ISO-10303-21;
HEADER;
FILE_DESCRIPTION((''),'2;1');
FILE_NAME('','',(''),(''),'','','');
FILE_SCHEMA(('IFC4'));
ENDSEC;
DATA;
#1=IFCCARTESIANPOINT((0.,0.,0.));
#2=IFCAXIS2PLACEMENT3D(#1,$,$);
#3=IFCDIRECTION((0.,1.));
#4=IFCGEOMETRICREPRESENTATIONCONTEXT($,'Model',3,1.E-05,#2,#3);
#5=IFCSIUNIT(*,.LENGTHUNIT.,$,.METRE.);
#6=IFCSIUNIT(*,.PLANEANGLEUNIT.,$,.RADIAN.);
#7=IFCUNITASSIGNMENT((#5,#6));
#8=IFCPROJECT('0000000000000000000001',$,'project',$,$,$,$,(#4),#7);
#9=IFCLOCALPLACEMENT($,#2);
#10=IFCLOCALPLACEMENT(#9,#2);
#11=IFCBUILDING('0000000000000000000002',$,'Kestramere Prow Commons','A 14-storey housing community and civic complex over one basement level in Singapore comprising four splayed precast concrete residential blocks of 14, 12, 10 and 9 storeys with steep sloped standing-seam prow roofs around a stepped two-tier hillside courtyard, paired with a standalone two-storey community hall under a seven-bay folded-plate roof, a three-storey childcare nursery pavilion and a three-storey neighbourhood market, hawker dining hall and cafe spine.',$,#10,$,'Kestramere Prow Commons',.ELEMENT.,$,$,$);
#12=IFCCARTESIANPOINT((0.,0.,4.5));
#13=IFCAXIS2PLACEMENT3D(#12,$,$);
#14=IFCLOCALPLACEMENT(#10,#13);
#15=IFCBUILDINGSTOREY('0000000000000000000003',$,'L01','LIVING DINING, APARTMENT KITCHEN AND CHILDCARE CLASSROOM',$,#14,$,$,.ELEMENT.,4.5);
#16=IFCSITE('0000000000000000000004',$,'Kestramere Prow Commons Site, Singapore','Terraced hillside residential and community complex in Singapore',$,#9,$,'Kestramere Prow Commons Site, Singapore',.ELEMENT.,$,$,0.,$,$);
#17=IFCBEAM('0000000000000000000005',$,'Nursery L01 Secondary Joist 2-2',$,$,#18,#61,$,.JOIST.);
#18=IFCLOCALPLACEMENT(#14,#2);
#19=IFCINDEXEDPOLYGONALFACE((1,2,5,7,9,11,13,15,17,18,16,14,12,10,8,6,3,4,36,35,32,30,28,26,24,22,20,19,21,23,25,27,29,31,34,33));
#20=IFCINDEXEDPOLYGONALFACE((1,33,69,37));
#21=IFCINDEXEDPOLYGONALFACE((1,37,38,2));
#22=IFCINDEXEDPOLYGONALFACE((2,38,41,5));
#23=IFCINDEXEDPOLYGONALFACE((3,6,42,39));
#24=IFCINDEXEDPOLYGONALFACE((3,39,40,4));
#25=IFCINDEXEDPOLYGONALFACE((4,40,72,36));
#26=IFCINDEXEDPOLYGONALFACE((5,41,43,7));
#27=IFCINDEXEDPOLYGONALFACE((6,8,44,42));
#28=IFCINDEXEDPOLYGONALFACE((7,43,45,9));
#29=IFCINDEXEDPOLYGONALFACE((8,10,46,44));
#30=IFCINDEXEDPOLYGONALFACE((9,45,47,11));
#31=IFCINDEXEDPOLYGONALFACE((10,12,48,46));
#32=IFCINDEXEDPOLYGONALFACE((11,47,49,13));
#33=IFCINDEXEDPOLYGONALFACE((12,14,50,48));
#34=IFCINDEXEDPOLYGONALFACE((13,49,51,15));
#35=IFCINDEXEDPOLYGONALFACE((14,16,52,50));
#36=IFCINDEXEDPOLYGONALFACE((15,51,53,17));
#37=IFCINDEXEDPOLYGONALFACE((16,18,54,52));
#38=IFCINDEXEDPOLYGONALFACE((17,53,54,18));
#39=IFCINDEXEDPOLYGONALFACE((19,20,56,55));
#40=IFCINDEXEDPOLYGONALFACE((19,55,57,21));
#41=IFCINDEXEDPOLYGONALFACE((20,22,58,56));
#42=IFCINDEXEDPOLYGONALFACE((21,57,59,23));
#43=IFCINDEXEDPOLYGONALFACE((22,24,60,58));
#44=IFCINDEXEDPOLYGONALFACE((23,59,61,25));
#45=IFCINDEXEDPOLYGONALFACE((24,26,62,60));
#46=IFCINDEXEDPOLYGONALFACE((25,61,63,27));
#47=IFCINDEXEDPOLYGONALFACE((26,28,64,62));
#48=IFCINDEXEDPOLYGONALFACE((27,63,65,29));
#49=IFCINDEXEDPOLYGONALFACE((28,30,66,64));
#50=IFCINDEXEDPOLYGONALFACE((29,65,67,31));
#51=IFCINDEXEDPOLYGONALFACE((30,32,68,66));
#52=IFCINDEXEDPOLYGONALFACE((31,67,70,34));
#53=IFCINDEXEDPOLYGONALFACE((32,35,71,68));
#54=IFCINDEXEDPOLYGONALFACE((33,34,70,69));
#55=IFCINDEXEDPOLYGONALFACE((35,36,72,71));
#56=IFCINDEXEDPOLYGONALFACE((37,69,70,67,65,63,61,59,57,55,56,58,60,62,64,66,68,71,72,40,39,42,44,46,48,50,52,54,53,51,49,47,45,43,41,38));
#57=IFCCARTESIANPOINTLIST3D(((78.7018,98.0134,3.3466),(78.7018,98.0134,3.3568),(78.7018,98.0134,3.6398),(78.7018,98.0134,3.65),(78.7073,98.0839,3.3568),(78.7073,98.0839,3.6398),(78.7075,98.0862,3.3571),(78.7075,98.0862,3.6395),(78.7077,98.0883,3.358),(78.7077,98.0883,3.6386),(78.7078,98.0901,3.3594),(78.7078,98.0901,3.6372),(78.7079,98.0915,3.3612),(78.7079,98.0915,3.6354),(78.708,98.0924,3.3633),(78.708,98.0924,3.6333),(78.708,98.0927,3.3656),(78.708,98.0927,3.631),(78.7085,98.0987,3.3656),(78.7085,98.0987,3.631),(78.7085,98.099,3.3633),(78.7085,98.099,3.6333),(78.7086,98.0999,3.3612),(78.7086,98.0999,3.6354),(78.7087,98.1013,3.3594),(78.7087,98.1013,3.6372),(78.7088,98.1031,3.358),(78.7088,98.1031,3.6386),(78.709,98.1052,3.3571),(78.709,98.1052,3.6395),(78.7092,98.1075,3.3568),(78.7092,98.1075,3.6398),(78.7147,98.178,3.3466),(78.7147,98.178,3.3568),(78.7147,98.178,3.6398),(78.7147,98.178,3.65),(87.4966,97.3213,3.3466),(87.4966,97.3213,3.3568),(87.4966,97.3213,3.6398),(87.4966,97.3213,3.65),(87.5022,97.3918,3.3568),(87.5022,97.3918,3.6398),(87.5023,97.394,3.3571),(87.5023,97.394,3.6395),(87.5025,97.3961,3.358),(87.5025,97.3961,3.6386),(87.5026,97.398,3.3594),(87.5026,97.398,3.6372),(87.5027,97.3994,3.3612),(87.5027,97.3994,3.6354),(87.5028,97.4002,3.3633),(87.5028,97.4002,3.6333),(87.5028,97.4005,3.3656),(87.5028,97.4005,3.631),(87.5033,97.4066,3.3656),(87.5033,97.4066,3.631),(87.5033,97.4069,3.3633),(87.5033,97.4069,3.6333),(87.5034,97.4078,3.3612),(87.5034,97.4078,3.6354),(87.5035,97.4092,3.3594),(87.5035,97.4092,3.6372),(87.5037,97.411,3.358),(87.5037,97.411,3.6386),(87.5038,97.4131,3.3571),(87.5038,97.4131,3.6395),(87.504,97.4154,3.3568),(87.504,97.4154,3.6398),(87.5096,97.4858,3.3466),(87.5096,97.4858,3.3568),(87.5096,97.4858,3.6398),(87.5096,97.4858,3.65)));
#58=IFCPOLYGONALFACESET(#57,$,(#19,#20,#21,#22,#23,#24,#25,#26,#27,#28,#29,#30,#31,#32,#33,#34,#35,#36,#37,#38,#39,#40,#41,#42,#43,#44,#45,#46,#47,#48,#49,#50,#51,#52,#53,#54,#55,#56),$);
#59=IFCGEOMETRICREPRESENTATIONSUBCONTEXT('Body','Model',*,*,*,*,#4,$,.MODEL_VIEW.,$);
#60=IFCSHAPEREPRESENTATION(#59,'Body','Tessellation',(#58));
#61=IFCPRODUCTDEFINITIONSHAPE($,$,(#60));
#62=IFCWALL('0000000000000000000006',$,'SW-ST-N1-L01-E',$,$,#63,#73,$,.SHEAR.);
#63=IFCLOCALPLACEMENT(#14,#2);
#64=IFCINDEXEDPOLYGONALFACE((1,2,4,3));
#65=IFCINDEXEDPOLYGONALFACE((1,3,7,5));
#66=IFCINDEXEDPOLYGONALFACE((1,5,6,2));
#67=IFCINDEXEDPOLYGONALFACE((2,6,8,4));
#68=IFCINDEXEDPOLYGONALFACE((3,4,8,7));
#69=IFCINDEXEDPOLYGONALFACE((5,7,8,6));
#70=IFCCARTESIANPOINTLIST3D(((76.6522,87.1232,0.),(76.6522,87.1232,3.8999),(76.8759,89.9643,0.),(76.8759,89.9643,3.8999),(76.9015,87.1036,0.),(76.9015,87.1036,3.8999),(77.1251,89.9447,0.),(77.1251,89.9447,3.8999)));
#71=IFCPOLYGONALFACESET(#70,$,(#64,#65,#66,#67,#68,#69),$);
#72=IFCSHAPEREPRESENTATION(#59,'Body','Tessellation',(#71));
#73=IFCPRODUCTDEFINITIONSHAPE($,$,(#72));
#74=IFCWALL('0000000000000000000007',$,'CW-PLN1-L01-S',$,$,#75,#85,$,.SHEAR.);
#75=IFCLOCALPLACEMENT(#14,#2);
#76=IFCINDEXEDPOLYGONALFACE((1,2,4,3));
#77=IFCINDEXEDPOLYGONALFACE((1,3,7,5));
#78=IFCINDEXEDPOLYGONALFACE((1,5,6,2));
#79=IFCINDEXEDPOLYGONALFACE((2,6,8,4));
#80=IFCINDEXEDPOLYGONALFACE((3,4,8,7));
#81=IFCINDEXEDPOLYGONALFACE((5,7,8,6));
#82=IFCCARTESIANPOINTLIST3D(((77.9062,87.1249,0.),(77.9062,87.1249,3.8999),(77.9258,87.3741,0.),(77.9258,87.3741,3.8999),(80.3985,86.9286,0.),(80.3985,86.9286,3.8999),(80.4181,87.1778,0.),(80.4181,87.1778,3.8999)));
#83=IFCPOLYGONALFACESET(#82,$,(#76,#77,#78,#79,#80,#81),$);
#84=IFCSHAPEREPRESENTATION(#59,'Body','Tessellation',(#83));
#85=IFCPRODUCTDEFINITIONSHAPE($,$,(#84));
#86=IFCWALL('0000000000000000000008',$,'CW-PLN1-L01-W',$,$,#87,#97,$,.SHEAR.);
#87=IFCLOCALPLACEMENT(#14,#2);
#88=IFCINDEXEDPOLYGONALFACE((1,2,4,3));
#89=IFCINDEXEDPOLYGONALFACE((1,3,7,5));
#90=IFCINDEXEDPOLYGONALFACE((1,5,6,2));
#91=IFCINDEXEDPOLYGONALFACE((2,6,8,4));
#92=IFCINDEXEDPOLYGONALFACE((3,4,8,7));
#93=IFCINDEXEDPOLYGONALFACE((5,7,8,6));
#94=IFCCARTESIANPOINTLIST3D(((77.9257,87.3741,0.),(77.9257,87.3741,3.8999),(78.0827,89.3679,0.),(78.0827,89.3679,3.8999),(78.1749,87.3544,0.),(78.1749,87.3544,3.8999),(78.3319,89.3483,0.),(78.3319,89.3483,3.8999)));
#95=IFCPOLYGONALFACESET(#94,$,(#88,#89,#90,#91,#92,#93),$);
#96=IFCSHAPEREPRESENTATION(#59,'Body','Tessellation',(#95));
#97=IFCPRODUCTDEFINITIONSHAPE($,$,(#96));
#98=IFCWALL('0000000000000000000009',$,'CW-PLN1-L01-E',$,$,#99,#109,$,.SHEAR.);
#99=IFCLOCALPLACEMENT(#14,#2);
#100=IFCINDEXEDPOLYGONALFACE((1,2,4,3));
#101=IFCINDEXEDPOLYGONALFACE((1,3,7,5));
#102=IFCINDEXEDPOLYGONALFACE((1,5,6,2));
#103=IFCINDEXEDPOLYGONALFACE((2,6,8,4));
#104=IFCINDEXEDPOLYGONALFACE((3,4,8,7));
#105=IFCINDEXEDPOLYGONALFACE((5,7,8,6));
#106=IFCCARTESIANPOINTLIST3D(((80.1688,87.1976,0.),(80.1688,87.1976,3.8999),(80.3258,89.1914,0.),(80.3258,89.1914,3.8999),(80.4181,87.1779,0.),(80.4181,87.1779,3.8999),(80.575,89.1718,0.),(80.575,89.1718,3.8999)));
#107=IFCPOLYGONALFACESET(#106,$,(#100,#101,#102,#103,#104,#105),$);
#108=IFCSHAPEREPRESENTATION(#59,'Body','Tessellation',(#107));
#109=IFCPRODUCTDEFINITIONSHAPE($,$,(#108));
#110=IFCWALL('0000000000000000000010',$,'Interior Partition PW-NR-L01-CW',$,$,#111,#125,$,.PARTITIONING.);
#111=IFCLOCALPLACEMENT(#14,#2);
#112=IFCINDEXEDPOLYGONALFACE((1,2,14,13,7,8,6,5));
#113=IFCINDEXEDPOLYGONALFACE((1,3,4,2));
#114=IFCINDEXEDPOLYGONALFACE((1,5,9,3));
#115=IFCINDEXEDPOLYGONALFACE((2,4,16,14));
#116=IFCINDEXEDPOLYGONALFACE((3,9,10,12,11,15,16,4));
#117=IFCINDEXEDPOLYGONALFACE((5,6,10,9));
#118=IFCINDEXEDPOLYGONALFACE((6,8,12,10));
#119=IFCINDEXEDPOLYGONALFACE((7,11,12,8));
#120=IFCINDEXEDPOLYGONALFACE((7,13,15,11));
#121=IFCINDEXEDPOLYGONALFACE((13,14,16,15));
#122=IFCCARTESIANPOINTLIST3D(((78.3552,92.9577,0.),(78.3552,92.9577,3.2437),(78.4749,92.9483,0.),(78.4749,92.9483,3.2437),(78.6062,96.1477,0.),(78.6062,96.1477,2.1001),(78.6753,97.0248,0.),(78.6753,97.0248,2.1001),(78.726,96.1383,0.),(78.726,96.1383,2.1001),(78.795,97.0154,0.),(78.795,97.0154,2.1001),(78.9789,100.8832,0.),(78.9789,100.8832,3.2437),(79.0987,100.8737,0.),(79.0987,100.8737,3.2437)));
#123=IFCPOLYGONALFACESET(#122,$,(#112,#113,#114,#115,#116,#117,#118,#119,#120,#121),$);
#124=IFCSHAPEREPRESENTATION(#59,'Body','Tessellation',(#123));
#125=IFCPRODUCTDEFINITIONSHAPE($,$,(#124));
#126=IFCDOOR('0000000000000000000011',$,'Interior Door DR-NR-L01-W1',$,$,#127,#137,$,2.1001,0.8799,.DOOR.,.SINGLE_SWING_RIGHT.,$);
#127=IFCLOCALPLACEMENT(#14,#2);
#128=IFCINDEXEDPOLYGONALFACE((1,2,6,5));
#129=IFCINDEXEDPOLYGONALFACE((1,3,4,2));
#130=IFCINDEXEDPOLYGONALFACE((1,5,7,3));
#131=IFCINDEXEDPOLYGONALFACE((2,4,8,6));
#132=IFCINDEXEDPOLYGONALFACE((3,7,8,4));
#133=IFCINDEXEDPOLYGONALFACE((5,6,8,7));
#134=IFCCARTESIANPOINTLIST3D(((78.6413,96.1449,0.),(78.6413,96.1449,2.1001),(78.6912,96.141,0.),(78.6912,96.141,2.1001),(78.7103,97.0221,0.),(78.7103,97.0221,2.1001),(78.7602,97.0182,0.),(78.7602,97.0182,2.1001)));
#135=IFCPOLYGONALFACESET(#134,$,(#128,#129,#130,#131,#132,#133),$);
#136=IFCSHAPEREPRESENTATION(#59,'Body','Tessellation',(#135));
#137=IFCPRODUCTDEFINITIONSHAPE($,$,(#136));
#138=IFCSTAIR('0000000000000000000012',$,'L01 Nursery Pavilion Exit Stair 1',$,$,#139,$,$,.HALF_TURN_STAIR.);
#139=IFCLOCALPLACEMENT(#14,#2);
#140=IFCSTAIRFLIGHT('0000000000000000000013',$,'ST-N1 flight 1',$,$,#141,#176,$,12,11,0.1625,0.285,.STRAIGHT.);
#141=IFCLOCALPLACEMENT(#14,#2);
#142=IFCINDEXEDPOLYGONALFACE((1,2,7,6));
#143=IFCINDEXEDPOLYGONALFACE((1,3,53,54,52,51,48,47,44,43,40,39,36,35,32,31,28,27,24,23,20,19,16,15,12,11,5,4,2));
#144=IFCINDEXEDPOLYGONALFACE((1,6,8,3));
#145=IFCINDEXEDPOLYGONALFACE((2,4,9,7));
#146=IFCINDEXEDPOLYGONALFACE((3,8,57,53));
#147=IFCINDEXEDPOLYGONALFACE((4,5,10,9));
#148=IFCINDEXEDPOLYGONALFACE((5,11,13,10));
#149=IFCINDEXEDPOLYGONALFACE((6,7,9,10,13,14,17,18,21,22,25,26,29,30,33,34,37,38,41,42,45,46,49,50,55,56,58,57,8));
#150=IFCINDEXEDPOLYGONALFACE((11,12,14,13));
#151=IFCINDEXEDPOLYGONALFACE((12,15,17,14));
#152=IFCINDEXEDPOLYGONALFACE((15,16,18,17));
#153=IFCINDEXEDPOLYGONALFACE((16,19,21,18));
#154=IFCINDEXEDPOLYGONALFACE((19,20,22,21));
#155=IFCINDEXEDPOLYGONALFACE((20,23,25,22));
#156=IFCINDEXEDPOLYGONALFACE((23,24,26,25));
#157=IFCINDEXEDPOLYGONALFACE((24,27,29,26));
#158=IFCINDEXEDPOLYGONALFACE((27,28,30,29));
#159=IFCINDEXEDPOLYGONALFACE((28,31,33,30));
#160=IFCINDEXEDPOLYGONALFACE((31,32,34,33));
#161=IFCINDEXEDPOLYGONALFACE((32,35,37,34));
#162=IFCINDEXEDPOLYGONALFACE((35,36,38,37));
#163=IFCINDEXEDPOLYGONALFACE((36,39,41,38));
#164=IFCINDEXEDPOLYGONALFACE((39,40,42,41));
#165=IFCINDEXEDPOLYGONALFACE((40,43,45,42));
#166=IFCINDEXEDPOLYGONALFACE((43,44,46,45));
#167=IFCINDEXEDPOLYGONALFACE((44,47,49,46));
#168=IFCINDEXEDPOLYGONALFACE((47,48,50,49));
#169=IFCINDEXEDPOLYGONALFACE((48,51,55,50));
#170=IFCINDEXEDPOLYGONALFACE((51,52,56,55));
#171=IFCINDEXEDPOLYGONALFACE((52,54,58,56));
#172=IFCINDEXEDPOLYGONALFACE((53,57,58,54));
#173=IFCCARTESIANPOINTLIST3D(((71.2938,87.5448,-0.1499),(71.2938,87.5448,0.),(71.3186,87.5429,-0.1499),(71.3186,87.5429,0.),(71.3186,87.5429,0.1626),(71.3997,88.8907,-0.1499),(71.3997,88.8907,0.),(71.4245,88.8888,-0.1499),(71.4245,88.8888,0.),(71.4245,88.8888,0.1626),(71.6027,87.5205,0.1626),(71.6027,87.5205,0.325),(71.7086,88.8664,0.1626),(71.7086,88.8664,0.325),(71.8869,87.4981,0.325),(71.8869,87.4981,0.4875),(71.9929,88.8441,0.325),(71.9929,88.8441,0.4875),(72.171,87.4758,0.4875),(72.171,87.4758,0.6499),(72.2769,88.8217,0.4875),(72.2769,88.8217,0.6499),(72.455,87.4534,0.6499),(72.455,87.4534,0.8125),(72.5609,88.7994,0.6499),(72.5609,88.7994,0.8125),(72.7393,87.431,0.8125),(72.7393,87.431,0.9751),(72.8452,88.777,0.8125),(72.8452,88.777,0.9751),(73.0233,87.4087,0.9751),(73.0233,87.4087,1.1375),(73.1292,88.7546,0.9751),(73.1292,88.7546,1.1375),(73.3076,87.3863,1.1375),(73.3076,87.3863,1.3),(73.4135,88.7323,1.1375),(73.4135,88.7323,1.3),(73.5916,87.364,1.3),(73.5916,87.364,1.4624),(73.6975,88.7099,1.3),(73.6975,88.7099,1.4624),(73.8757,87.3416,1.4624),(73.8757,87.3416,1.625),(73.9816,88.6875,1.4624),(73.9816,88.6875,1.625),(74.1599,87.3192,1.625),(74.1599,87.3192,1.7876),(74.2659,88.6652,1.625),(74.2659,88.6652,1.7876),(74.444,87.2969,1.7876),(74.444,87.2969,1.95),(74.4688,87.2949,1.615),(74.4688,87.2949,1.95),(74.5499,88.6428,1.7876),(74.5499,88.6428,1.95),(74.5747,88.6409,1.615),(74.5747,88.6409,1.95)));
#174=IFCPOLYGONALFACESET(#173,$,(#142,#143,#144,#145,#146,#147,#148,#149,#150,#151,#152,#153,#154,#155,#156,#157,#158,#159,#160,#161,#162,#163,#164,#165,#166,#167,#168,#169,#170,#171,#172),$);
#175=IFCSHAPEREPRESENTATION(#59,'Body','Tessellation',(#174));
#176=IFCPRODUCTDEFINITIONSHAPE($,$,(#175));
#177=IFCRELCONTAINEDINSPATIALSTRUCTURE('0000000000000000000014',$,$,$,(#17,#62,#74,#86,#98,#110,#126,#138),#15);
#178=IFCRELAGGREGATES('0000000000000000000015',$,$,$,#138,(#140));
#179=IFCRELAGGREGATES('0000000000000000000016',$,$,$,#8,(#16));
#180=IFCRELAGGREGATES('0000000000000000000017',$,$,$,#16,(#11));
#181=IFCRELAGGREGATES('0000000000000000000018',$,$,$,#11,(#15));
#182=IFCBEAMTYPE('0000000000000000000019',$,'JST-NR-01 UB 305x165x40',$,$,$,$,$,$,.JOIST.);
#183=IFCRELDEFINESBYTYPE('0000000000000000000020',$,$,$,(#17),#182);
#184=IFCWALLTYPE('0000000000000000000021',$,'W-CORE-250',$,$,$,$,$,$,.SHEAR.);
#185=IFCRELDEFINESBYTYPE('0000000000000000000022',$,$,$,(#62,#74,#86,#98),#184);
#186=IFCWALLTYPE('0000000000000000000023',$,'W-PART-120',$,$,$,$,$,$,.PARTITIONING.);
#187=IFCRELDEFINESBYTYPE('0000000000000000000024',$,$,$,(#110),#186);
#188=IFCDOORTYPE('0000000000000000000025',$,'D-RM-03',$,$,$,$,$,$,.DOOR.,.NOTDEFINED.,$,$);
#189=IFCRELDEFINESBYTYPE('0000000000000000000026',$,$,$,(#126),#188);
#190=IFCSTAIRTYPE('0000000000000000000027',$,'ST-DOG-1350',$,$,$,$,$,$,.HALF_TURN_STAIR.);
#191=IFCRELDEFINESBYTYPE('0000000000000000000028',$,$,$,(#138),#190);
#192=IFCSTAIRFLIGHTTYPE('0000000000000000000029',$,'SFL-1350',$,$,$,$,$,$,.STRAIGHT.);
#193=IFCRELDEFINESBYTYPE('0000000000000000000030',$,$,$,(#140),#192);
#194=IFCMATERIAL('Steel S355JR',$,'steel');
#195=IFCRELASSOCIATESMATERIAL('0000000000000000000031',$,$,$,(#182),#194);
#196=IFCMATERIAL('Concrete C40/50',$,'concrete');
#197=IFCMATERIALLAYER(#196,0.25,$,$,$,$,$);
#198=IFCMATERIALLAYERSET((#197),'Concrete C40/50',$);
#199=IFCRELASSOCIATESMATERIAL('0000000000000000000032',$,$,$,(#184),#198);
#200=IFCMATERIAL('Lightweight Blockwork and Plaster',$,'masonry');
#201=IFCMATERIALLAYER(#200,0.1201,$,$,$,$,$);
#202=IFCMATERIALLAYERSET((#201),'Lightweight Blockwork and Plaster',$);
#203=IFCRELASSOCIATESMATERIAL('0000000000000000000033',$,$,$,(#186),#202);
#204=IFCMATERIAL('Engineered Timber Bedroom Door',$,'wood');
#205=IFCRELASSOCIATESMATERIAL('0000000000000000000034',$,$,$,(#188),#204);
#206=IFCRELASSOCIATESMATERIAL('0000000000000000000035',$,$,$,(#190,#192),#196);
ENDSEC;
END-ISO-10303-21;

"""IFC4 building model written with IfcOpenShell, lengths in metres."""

from ifc_helpers import new_model, si_unit, direction, frame, frame_2d, origin, origin_2d, place, context, subcontext, project, spatial, polyline, rectangle, i_section, outline, extrude, material, layer, layer_set, material_profile, profile_set, type_object, element, fill, aggregate, save


model = new_model("IFC4")

# Units and contexts
model_context = context("Model", 3, precision=1e-05, world=origin(), true_north=direction((0.0, 1.0)))
body_context = subcontext(model_context, "Body", "Model", "MODEL_VIEW")
ifc_project = project(units=[si_unit("LENGTHUNIT", "METRE"), si_unit("PLANEANGLEUNIT", "RADIAN")], contexts=[model_context])

# Site, building, storey
site_placement = place(None, origin())
site = spatial("IfcSite", under=ifc_project, at=site_placement, Name="Kestramere Prow Commons Site, Singapore", Description="Terraced hillside residential and community complex in Singapore", LongName="Kestramere Prow Commons Site, Singapore", CompositionType="ELEMENT", RefElevation=0.0)
building_placement = place(site_placement, origin())
building = spatial("IfcBuilding", under=site, at=building_placement, Name="Kestramere Prow Commons", Description="A 14-storey housing community and civic complex over one basement level in Singapore comprising four splayed precast concrete residential blocks of 14, 12, 10 and 9 storeys with steep sloped standing-seam prow roofs around a stepped two-tier hillside courtyard, paired with a standalone two-storey community hall under a seven-bay folded-plate roof, a three-storey childcare nursery pavilion and a three-storey neighbourhood market, hawker dining hall and cafe spine.", LongName="Kestramere Prow Commons", CompositionType="ELEMENT")
storey_placement = place(building_placement, frame((0.0, 0.0, 4.5)))
storey = spatial("IfcBuildingStorey", under=building, at=storey_placement, Name="L01", Description="LIVING DINING, APARTMENT KITCHEN AND CHILDCARE CLASSROOM", CompositionType="ELEMENT", Elevation=4.5)

# Shared definitions
ifc_material_1 = material(Name="Steel S355JR", Category="steel")

# Beam
ifc_material_2 = material(Name="Concrete C40/50", Category="concrete")
ifc_material_profile_1 = material_profile(ifc_material_1, i_section(OverallWidth=0.165, OverallDepth=0.3035, WebThickness=0.0061, FlangeThickness=0.0103, FilletRadius=0.0088, at=origin_2d()), Name="UB 305x165x40")
ifc_profile_set_1 = profile_set([ifc_material_profile_1], Name="Steel S355JR")
beam_type_1 = type_object("IfcBeamType", Name="JST-NR-01 UB 305x165x40", PredefinedType="JOIST", material=ifc_profile_set_1)
for number, where, z_axis, x_axis, name in (
    (1, (78.7083, 98.0957, 3.4983), (0.996918, -0.078455, 0.0), (0.078455, 0.996918, 0.0), "Nursery L01 Secondary Joist 2-2"),
):
    element("IfcBeam", number, at=place(storey_placement, frame(where, z_axis=z_axis, x_axis=x_axis)), inside=storey, type_object=beam_type_1, Name=name, PredefinedType="JOIST", context=body_context, shape_type="SweptSolid", body=[
        extrude(i_section(OverallWidth=0.165, OverallDepth=0.3035, WebThickness=0.0061, FlangeThickness=0.0103, FilletRadius=0.0088, at=origin_2d()), origin(), (0.0, 0.0, 1.0), 8.822),
    ])

# Wall
ifc_layer_1 = layer(ifc_material_2, 0.25)
ifc_layer_set_1 = layer_set([ifc_layer_1], Name="Concrete C40/50")
wall_type_1 = type_object("IfcWallType", Name="W-CORE-250", PredefinedType="SHEAR", material=ifc_layer_set_1)
wall_1_placement = place(storey_placement, frame((76.7769, 87.1135, 0.0), z_axis=(0.0, 0.0, 1.0), x_axis=(0.078472, 0.996916, 0.0)))
element("IfcWall", 2, at=wall_1_placement, inside=storey, type_object=wall_type_1, Name="SW-ST-N1-L01-E", PredefinedType="SHEAR", context=body_context, shape_type="SweptSolid", body=[
    extrude(rectangle(XDim=2.8499, YDim=0.25, at=frame_2d((1.4248, 0.0))), origin(), (0.0, 0.0, 1.0), 3.8999),
])

# Walls
wall_2_placement = place(storey_placement, frame((77.916, 87.2495, 0.0), z_axis=(0.0, 0.0, 1.0), x_axis=(0.996913, -0.078519, 0.0)))
element("IfcWall", 3, at=wall_2_placement, inside=storey, type_object=wall_type_1, Name="CW-PLN1-L01-S", PredefinedType="SHEAR", context=body_context, shape_type="SweptSolid", body=[
    extrude(rectangle(XDim=2.5, YDim=0.25, at=frame_2d((1.25, 0.0))), origin(), (0.0, 0.0, 1.0), 3.8999),
])
for number, where, z_axis, x_axis, name in (
    (4, (78.0503, 87.3643, 0.0), (0.0, 0.0, 1.0), (0.078489, 0.996915, 0.0), "CW-PLN1-L01-W"),
    (5, (80.2935, 87.1877, 0.0), (0.0, 0.0, 1.0), (0.078489, 0.996915, 0.0), "CW-PLN1-L01-E"),
):
    element("IfcWall", number, at=place(storey_placement, frame(where, z_axis=z_axis, x_axis=x_axis)), inside=storey, type_object=wall_type_1, Name=name, PredefinedType="SHEAR", context=body_context, shape_type="SweptSolid", body=[
        extrude(rectangle(XDim=2.0, YDim=0.25, at=frame_2d((1.0, 0.0))), origin(), (0.0, 0.0, 1.0), 3.8999),
    ])

# Wall, opening, door
ifc_material_3 = material(Name="Lightweight Blockwork and Plaster", Category="masonry")
ifc_layer_2 = layer(ifc_material_3, 0.1201)
ifc_layer_set_2 = layer_set([ifc_layer_2], Name="Lightweight Blockwork and Plaster")
wall_type_2 = type_object("IfcWallType", Name="W-PART-120", PredefinedType="PARTITIONING", material=ifc_layer_set_2)
wall_3_placement = place(storey_placement, frame((78.415, 92.9529, 0.0), z_axis=(0.0, 0.0, 1.0), x_axis=(0.078462, 0.996917, 0.0)))
wall_3 = element("IfcWall", 6, at=wall_3_placement, inside=storey, type_object=wall_type_2, Name="Interior Partition PW-NR-L01-CW", PredefinedType="PARTITIONING", context=body_context, shape_type="SweptSolid", body=[
    extrude(rectangle(XDim=7.95, YDim=0.1201, at=frame_2d((3.9751, 0.0))), origin(), (0.0, 0.0, 1.0), 3.2437),
])
opening_1_placement = place(wall_3_placement, frame((3.2, 0.0, 0.0)))
opening_1 = element("IfcOpeningElement", 7, at=opening_1_placement, cuts=wall_3, PredefinedType="OPENING", context=body_context, shape_type="SweptSolid", body=[
    extrude(rectangle(XDim=0.8799, YDim=2.1001, at=frame_2d((0.4399, 1.05))), frame((0.0, 0.075, 0.0), z_axis=(0.0, -1.0, 0.0), x_axis=(1.0, 0.0, 0.0)), (0.0, 0.0, 1.0), 0.1501),
])
ifc_material_4 = material(Name="Engineered Timber Bedroom Door", Category="wood")
door_type_1 = type_object("IfcDoorType", Name="D-RM-03", OperationType="NOTDEFINED", PredefinedType="DOOR", material=ifc_material_4)
door_1_placement = place(opening_1_placement, origin())
door_1 = element("IfcDoor", 8, at=door_1_placement, inside=storey, type_object=door_type_1, Name="Interior Door DR-NR-L01-W1", OperationType="SINGLE_SWING_RIGHT", OverallHeight=2.1001, OverallWidth=0.8799, PredefinedType="DOOR", context=body_context, shape_type="SweptSolid", body=[
    extrude(rectangle(XDim=0.8799, YDim=2.1001, at=frame_2d((0.4399, 1.05))), frame((0.0, 0.0249, 0.0), z_axis=(0.0, -1.0, 0.0), x_axis=(1.0, 0.0, 0.0)), (0.0, 0.0, 1.0), 0.05),
])
fill(opening_1, door_1)

# Stair, stair flight
stair_type = type_object("IfcStairType", Name="ST-DOG-1350", PredefinedType="HALF_TURN_STAIR", material=ifc_material_2)
stair_placement = place(storey_placement, origin())
stair = element("IfcStair", 9, at=stair_placement, inside=storey, type_object=stair_type, Name="L01 Nursery Pavilion Exit Stair 1", PredefinedType="HALF_TURN_STAIR")
stair_flight_type = type_object("IfcStairFlightType", Name="SFL-1350", PredefinedType="STRAIGHT", material=ifc_material_2)
stair_flight_1_placement = place(storey_placement, frame((71.3716, 88.2158, 0.0), z_axis=(0.0, 0.0, 1.0), x_axis=(0.996917, -0.078459, 0.0)))
stair_flight_1 = element("IfcStairFlight", 10, at=stair_flight_1_placement, type_object=stair_flight_type, Name="ST-N1 flight 1", NumberOfRisers=12, NumberOfTreads=11, PredefinedType="STRAIGHT", RiserHeight=0.1625, TreadLength=0.285, context=body_context, shape_type="SweptSolid", body=[
    extrude(outline(polyline([(-0.0249, 0.0), (0.0, 0.0), (0.0, 0.1626), (0.2849, 0.1626), (0.2849, 0.325), (0.5701, 0.325), (0.5701, 0.4875), (0.855, 0.4875), (0.855, 0.6499), (1.1399, 0.6499), (1.1399, 0.8125), (1.425, 0.8125), (1.425, 0.9751), (1.71, 0.9751), (1.71, 1.1375), (1.9951, 1.1375), (1.9951, 1.3), (2.28, 1.3), (2.28, 1.4624), (2.5649, 1.4624), (2.5649, 1.625), (2.8501, 1.625), (2.8501, 1.7876), (3.135, 1.7876), (3.135, 1.95), (3.1599, 1.95), (3.1599, 1.615), (0.0, -0.1499), (-0.0249, -0.1499), (-0.0249, 0.0)])), frame((0.0, 0.675, 0.0), z_axis=(0.0, -1.0, 0.0), x_axis=(1.0, 0.0, 0.0)), (0.0, 0.0, 1.0), 1.3501),
])
aggregate(stair, [stair_flight_1])

save(model, "model.ifc")
